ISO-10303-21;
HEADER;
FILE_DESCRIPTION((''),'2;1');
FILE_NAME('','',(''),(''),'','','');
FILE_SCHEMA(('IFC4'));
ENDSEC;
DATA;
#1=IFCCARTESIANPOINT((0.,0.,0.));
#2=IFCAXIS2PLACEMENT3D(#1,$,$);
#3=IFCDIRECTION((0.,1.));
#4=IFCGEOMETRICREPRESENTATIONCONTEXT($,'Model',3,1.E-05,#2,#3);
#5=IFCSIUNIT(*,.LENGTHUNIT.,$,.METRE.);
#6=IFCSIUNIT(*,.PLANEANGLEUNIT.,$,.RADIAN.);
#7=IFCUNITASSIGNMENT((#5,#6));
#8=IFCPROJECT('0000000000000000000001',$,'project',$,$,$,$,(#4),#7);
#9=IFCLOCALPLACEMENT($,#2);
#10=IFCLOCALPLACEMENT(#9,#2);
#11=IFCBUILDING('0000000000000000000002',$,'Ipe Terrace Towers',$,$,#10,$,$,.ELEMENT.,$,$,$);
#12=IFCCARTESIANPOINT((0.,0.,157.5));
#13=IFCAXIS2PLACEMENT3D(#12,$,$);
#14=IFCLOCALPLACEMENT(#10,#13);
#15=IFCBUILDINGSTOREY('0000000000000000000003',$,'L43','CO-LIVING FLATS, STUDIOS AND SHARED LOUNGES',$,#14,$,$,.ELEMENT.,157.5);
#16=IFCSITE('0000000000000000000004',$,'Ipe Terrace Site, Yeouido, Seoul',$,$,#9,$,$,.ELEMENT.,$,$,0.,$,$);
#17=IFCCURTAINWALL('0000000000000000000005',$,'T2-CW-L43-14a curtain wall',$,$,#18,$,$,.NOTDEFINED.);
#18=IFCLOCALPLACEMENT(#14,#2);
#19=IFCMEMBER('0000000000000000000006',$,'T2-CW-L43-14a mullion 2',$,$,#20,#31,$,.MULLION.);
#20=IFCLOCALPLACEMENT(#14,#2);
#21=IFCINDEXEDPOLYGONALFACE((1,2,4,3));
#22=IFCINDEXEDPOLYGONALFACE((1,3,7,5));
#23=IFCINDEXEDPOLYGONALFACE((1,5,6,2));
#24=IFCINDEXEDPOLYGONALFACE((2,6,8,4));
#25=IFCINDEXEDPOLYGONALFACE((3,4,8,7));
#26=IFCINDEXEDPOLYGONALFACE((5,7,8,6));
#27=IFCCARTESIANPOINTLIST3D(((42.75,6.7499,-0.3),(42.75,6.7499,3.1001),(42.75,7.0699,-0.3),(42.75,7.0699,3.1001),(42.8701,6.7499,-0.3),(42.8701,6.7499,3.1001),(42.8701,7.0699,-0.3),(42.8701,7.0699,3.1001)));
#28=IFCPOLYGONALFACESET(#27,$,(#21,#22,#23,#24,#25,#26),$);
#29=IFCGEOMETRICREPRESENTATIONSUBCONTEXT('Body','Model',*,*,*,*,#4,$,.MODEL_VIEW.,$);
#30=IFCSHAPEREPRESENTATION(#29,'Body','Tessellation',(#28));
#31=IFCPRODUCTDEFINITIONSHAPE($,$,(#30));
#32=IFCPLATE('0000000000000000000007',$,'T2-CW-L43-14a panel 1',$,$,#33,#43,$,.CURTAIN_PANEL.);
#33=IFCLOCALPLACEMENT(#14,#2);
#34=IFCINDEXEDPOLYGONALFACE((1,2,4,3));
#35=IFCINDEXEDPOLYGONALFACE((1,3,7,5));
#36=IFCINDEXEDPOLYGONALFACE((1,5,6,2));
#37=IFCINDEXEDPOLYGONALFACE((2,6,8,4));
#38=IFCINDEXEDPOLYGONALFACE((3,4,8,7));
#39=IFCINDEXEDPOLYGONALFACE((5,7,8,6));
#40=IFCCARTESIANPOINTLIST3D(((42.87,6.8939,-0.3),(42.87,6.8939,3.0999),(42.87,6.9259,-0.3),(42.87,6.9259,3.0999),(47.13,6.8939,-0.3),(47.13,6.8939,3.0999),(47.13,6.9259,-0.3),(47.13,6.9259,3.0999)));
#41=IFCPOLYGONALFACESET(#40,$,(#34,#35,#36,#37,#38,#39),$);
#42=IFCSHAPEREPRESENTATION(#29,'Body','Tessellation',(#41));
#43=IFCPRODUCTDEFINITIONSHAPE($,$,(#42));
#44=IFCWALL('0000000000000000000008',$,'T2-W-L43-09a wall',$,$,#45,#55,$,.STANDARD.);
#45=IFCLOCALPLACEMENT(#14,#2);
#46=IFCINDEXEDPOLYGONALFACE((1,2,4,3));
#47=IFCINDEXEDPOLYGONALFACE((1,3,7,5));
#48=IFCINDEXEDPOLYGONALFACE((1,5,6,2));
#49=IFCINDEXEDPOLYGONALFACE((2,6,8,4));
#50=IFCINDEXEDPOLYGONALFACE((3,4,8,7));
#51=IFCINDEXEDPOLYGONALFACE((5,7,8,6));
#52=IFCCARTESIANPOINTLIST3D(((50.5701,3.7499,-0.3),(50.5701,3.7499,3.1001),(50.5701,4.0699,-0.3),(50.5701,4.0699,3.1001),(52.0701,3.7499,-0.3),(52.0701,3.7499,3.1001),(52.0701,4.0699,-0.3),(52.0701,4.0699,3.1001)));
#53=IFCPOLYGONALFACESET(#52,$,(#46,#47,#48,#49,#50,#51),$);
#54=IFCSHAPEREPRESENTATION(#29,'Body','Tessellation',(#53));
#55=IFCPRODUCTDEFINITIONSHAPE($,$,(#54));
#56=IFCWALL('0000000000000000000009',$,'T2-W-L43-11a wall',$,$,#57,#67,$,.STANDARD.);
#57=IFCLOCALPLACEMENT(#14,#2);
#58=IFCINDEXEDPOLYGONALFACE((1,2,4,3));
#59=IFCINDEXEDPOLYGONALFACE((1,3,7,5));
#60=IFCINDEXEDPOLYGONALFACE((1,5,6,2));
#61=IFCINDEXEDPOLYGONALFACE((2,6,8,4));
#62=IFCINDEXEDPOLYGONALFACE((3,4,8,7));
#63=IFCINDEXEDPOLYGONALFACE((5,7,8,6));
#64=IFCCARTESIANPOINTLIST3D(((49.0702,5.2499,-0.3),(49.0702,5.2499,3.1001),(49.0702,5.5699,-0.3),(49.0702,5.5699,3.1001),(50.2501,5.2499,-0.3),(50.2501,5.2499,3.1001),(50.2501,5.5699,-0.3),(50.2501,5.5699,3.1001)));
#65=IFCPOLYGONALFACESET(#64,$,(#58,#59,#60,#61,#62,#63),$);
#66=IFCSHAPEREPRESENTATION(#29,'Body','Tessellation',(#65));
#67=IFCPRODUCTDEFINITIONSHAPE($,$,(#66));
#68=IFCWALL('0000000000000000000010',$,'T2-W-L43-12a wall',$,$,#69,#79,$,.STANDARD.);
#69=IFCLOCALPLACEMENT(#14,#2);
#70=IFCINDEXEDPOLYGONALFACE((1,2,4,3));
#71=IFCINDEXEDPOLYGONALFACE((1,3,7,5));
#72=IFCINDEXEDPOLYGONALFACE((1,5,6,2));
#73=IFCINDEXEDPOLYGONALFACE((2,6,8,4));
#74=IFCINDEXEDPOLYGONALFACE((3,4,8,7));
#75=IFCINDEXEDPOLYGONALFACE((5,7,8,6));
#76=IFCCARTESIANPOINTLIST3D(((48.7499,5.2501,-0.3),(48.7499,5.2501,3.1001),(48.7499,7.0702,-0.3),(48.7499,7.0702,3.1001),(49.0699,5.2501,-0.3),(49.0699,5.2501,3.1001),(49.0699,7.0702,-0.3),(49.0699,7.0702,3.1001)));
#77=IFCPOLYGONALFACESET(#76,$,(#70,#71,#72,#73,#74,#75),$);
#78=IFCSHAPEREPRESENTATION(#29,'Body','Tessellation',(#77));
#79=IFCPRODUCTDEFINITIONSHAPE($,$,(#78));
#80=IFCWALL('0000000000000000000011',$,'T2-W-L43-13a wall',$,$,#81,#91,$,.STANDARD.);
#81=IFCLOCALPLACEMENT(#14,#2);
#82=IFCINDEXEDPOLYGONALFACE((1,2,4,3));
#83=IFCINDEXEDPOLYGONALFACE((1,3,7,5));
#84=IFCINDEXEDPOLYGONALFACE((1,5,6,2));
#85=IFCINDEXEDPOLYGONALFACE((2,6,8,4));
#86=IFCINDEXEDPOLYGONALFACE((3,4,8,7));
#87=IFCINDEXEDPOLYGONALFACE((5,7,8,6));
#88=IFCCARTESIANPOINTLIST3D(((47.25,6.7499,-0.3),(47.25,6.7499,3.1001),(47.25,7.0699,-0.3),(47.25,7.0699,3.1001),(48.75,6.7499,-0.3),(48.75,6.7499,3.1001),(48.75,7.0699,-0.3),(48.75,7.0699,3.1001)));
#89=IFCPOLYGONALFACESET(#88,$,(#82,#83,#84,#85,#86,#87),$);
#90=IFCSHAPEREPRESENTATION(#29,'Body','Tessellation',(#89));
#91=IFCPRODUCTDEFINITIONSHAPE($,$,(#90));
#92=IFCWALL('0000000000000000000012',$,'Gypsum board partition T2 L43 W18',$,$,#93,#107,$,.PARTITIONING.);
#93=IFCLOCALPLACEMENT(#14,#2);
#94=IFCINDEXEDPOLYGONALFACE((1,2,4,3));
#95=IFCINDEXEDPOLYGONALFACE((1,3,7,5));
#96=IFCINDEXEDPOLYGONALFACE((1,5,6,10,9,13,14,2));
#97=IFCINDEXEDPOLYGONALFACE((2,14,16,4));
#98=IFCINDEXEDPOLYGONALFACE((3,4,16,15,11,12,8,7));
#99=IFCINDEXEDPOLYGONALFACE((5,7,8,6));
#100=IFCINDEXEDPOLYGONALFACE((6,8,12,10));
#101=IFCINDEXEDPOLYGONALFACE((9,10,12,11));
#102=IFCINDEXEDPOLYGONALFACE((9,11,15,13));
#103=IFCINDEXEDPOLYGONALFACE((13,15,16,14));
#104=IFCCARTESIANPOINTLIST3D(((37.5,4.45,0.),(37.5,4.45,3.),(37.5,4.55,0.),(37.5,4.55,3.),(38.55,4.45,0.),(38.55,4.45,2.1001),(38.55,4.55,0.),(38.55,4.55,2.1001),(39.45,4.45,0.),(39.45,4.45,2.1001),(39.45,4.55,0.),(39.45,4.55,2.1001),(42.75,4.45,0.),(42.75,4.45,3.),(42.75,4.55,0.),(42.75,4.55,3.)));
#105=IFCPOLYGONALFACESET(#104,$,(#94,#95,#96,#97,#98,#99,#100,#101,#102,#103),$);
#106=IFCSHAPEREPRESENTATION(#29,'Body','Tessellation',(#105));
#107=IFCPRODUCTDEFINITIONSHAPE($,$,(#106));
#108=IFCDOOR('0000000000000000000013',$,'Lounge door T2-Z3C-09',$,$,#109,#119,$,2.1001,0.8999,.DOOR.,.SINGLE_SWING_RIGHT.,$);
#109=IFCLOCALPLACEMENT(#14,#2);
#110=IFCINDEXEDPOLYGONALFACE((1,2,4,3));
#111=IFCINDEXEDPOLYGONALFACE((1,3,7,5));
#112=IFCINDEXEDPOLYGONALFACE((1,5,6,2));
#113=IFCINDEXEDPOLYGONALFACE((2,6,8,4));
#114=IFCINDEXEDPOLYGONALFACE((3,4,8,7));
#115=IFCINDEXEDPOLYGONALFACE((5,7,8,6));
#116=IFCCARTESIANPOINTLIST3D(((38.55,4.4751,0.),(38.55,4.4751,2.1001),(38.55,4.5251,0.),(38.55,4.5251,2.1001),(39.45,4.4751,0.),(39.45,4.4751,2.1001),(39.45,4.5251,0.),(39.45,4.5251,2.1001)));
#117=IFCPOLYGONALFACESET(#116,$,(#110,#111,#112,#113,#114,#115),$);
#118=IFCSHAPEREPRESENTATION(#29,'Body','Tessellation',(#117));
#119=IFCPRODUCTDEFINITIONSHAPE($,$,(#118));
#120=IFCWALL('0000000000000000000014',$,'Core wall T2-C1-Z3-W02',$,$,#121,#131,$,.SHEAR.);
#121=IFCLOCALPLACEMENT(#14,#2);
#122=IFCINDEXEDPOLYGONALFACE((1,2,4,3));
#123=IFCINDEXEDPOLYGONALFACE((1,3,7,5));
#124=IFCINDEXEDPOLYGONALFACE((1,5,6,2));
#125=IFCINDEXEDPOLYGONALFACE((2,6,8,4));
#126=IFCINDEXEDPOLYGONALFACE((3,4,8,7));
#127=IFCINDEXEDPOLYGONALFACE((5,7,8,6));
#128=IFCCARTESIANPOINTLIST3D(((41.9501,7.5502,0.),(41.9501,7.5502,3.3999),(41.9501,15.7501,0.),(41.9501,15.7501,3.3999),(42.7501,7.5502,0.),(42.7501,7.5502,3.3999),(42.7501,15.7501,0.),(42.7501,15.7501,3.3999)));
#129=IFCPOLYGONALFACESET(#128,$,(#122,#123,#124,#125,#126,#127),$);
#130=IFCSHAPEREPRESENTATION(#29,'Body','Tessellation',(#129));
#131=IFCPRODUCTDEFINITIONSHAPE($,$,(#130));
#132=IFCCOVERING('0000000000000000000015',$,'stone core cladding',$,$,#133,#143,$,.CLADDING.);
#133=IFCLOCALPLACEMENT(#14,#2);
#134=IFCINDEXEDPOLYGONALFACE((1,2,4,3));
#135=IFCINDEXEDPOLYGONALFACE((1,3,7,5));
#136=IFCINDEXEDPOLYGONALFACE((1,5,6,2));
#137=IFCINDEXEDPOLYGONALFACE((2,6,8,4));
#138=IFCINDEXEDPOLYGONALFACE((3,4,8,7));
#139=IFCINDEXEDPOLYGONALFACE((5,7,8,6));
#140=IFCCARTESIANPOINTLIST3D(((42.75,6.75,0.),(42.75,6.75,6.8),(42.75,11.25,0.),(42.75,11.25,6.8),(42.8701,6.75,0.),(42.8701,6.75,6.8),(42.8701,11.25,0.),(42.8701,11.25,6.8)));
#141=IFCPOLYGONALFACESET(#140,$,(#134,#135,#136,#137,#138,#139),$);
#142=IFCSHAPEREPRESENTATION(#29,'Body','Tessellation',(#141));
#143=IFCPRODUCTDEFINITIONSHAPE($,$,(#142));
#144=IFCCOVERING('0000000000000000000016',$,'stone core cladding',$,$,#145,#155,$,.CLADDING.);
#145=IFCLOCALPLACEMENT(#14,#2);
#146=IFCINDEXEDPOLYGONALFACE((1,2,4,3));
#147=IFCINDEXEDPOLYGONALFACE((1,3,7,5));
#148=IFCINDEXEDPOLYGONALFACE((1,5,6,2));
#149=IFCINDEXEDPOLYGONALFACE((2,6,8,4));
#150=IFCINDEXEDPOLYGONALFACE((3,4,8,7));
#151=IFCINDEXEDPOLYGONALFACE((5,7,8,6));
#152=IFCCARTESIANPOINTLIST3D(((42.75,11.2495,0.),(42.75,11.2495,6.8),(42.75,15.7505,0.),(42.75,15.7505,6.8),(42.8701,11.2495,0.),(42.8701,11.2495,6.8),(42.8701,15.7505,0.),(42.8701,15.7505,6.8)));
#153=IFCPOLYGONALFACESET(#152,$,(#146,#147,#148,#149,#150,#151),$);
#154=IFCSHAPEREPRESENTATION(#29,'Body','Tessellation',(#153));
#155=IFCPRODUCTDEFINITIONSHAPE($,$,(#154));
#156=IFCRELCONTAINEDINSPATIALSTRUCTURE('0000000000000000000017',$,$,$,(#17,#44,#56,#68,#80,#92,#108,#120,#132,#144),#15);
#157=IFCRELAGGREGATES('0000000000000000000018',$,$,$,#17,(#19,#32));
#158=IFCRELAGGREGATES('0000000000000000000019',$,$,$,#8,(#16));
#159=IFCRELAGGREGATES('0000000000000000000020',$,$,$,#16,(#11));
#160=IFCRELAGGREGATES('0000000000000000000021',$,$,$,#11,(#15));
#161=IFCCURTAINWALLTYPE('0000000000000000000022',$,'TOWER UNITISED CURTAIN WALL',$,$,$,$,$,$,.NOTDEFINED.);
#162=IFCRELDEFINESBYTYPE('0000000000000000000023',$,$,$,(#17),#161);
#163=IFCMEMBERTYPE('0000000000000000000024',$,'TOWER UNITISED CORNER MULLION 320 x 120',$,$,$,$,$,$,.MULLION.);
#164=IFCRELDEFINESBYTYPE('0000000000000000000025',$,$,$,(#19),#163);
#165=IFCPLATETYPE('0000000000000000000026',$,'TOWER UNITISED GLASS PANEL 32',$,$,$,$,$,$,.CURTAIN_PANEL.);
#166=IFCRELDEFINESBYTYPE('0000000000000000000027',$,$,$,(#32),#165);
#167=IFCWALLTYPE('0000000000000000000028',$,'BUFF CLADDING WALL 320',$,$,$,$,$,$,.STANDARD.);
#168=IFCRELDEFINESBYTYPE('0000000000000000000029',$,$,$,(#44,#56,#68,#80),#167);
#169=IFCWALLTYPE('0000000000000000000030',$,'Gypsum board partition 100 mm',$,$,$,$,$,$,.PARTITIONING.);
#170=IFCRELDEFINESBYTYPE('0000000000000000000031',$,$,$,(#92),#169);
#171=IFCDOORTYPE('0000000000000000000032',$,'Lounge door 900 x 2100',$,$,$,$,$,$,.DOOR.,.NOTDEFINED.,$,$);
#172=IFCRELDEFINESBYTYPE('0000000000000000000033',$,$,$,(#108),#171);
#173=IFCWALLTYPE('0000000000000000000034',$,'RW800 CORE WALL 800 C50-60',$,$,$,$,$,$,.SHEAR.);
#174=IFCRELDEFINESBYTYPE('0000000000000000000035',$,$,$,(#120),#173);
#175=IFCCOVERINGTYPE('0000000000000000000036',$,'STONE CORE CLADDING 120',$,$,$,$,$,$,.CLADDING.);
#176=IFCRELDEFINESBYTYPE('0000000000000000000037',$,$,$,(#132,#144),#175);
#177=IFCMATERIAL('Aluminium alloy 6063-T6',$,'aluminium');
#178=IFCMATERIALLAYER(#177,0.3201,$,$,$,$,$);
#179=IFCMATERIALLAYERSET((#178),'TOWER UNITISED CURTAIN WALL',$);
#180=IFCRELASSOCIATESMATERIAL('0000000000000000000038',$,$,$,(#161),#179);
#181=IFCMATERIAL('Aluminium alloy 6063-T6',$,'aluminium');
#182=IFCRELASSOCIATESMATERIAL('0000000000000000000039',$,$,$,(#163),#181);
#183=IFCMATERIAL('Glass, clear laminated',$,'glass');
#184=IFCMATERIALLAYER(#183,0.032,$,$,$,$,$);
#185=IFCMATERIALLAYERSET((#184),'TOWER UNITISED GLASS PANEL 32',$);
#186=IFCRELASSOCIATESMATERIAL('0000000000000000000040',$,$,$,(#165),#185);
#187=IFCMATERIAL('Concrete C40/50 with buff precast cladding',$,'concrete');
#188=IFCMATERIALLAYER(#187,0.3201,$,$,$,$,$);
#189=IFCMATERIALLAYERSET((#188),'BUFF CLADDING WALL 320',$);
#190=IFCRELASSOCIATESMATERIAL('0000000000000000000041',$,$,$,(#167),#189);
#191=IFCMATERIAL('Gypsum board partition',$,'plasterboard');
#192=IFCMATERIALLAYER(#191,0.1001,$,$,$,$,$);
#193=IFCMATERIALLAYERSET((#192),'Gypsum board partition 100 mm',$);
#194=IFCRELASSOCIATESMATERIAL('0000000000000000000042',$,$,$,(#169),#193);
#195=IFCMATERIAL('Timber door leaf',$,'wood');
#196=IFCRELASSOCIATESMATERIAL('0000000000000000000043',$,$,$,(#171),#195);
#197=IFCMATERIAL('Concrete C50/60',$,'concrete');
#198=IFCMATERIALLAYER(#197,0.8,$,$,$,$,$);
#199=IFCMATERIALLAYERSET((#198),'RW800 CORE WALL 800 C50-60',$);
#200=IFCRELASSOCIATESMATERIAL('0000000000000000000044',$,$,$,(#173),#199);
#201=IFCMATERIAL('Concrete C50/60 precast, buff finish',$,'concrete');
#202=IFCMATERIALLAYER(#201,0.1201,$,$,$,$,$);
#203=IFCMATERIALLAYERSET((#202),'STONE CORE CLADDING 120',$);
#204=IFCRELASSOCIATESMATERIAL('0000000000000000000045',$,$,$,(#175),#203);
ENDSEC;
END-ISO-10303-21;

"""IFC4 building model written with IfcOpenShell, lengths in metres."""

from ifc_helpers import new_model, si_unit, direction, frame, frame_2d, origin, origin_2d, place, context, subcontext, project, spatial, rectangle, extrude, material, layer, layer_set, material_profile, profile_set, type_object, element, fill, aggregate, save


model = new_model("IFC4")

# Units and contexts
model_context = context("Model", 3, precision=1e-05, world=origin(), true_north=direction((0.0, 1.0)))
body_context = subcontext(model_context, "Body", "Model", "MODEL_VIEW")
ifc_project = project(units=[si_unit("LENGTHUNIT", "METRE"), si_unit("PLANEANGLEUNIT", "RADIAN")], contexts=[model_context])

# Site, building, storey
site_placement = place(None, origin())
site = spatial("IfcSite", under=ifc_project, at=site_placement, Name="Ipe Terrace Site, Yeouido, Seoul", CompositionType="ELEMENT", RefElevation=0.0)
building_placement = place(site_placement, origin())
building = spatial("IfcBuilding", under=site, at=building_placement, Name="Ipe Terrace Towers", CompositionType="ELEMENT")
storey_placement = place(building_placement, frame((0.0, 0.0, 157.5)))
storey = spatial("IfcBuildingStorey", under=building, at=storey_placement, Name="L43", Description="CO-LIVING FLATS, STUDIOS AND SHARED LOUNGES", CompositionType="ELEMENT", Elevation=157.5)

# Curtain wall, member, plate
ifc_material_1 = material(Name="Aluminium alloy 6063-T6", Category="aluminium")
ifc_layer_1 = layer(ifc_material_1, 0.3201)
ifc_layer_set_1 = layer_set([ifc_layer_1], Name="TOWER UNITISED CURTAIN WALL")
curtain_wall_type = type_object("IfcCurtainWallType", Name="TOWER UNITISED CURTAIN WALL", PredefinedType="NOTDEFINED", material=ifc_layer_set_1)
curtain_wall_placement = place(storey_placement, origin())
curtain_wall = element("IfcCurtainWall", 1, at=curtain_wall_placement, inside=storey, type_object=curtain_wall_type, Name="T2-CW-L43-14a curtain wall", PredefinedType="NOTDEFINED")
ifc_material_2 = material(Name="Aluminium alloy 6063-T6", Category="aluminium")
ifc_material_profile_1 = material_profile(ifc_material_2, rectangle(XDim=0.3201, YDim=0.1201, at=origin_2d()), Name="TOWER UNITISED CORNER MULLION 320 x 120")
ifc_profile_set_1 = profile_set([ifc_material_profile_1], Name="Aluminium alloy 6063-T6")
member_type = type_object("IfcMemberType", Name="TOWER UNITISED CORNER MULLION 320 x 120", PredefinedType="MULLION", material=ifc_profile_set_1)
member_1_placement = place(storey_placement, frame((42.8101, 6.9099, -0.3), z_axis=(0.0, 0.0, 1.0), x_axis=(0.0, 1.0, 0.0)))
member_1 = element("IfcMember", 2, at=member_1_placement, type_object=member_type, Name="T2-CW-L43-14a mullion 2", PredefinedType="MULLION", context=body_context, shape_type="SweptSolid", body=[
    extrude(rectangle(XDim=0.3201, YDim=0.1201, at=origin_2d()), origin(), (0.0, 0.0, 1.0), 3.4001),
])
ifc_material_3 = material(Name="Glass, clear laminated", Category="glass")
ifc_layer_2 = layer(ifc_material_3, 0.032)
ifc_layer_set_2 = layer_set([ifc_layer_2], Name="TOWER UNITISED GLASS PANEL 32")
plate_type = type_object("IfcPlateType", Name="TOWER UNITISED GLASS PANEL 32", PredefinedType="CURTAIN_PANEL", material=ifc_layer_set_2)
plate_placement = place(storey_placement, frame((45.0, 6.9099, -0.3), z_axis=(0.0, 0.0, 1.0), x_axis=(-1.0, 0.0, 0.0)))
plate = element("IfcPlate", 3, at=plate_placement, type_object=plate_type, Name="T2-CW-L43-14a panel 1", PredefinedType="CURTAIN_PANEL", context=body_context, shape_type="SweptSolid", body=[
    extrude(rectangle(XDim=4.26, YDim=0.032, at=origin_2d()), origin(), (0.0, 0.0, 1.0), 3.3999),
])
aggregate(curtain_wall, [member_1, plate])

# Walls
ifc_material_4 = material(Name="Concrete C40/50 with buff precast cladding", Category="concrete")
ifc_layer_3 = layer(ifc_material_4, 0.3201)
ifc_layer_set_3 = layer_set([ifc_layer_3], Name="BUFF CLADDING WALL 320")
wall_type_1 = type_object("IfcWallType", Name="BUFF CLADDING WALL 320", PredefinedType="STANDARD", material=ifc_layer_set_3)
wall_1_placement = place(storey_placement, frame((52.0701, 3.9099, -0.3), z_axis=(0.0, 0.0, 1.0), x_axis=(-1.0, 0.0, 0.0)))
element("IfcWall", 4, at=wall_1_placement, inside=storey, type_object=wall_type_1, Name="T2-W-L43-09a wall", PredefinedType="STANDARD", context=body_context, shape_type="SweptSolid", body=[
    extrude(rectangle(XDim=1.5, YDim=0.3201, at=frame_2d((0.75, 0.0))), origin(), (0.0, 0.0, 1.0), 3.4001),
])
wall_2_placement = place(storey_placement, frame((50.25, 5.4099, -0.3), z_axis=(0.0, 0.0, 1.0), x_axis=(-1.0, 0.0, 0.0)))
element("IfcWall", 5, at=wall_2_placement, inside=storey, type_object=wall_type_1, Name="T2-W-L43-11a wall", PredefinedType="STANDARD", context=body_context, shape_type="SweptSolid", body=[
    extrude(rectangle(XDim=1.1799, YDim=0.3201, at=frame_2d((0.5898, 0.0))), origin(), (0.0, 0.0, 1.0), 3.4001),
])
wall_3_placement = place(storey_placement, frame((48.9099, 5.25, -0.3), z_axis=(0.0, 0.0, 1.0), x_axis=(0.0, 1.0, 0.0)))
element("IfcWall", 6, at=wall_3_placement, inside=storey, type_object=wall_type_1, Name="T2-W-L43-12a wall", PredefinedType="STANDARD", context=body_context, shape_type="SweptSolid", body=[
    extrude(rectangle(XDim=1.8201, YDim=0.3201, at=frame_2d((0.9102, 0.0))), origin(), (0.0, 0.0, 1.0), 3.4001),
])
wall_4_placement = place(storey_placement, frame((48.75, 6.9099, -0.3), z_axis=(0.0, 0.0, 1.0), x_axis=(-1.0, 0.0, 0.0)))
element("IfcWall", 7, at=wall_4_placement, inside=storey, type_object=wall_type_1, Name="T2-W-L43-13a wall", PredefinedType="STANDARD", context=body_context, shape_type="SweptSolid", body=[
    extrude(rectangle(XDim=1.5, YDim=0.3201, at=frame_2d((0.75, 0.0))), origin(), (0.0, 0.0, 1.0), 3.4001),
])

# Wall, opening, door
ifc_material_5 = material(Name="Gypsum board partition", Category="plasterboard")
ifc_layer_4 = layer(ifc_material_5, 0.1001)
ifc_layer_set_4 = layer_set([ifc_layer_4], Name="Gypsum board partition 100 mm")
wall_type_2 = type_object("IfcWallType", Name="Gypsum board partition 100 mm", PredefinedType="PARTITIONING", material=ifc_layer_set_4)
wall_5_placement = place(storey_placement, frame((42.75, 4.5, 0.0), z_axis=(0.0, 0.0, 1.0), x_axis=(-1.0, 0.0, 0.0)))
wall_5 = element("IfcWall", 8, at=wall_5_placement, inside=storey, type_object=wall_type_2, Name="Gypsum board partition T2 L43 W18", PredefinedType="PARTITIONING", context=body_context, shape_type="SweptSolid", body=[
    extrude(rectangle(XDim=5.25, YDim=0.1001, at=frame_2d((2.625, 0.0))), origin(), (0.0, 0.0, 1.0), 3.0),
])
opening_placement = place(wall_5_placement, frame((3.3, 0.0, 0.0)))
opening = element("IfcOpeningElement", 9, at=opening_placement, cuts=wall_5, PredefinedType="OPENING", context=body_context, shape_type="SweptSolid", body=[
    extrude(rectangle(XDim=0.8999, YDim=2.1001, at=frame_2d((0.45, 1.05))), frame((0.0, 0.0601, 0.0), z_axis=(0.0, -1.0, 0.0), x_axis=(1.0, 0.0, 0.0)), (0.0, 0.0, 1.0), 0.1201),
])
ifc_material_6 = material(Name="Timber door leaf", Category="wood")
door_type = type_object("IfcDoorType", Name="Lounge door 900 x 2100", OperationType="NOTDEFINED", PredefinedType="DOOR", material=ifc_material_6)
door_placement = place(opening_placement, origin())
door = element("IfcDoor", 10, at=door_placement, inside=storey, type_object=door_type, Name="Lounge door T2-Z3C-09", OperationType="SINGLE_SWING_RIGHT", OverallHeight=2.1001, OverallWidth=0.8999, PredefinedType="DOOR", context=body_context, shape_type="SweptSolid", body=[
    extrude(rectangle(XDim=0.8999, YDim=2.1001, at=frame_2d((0.45, 1.05))), frame((0.0, 0.0249, 0.0), z_axis=(0.0, -1.0, 0.0), x_axis=(1.0, 0.0, 0.0)), (0.0, 0.0, 1.0), 0.05),
])
fill(opening, door)

# Wall
ifc_material_7 = material(Name="Concrete C50/60", Category="concrete")
ifc_layer_5 = layer(ifc_material_7, 0.8)
ifc_layer_set_5 = layer_set([ifc_layer_5], Name="RW800 CORE WALL 800 C50-60")
wall_type_3 = type_object("IfcWallType", Name="RW800 CORE WALL 800 C50-60", PredefinedType="SHEAR", material=ifc_layer_set_5)
wall_6_placement = place(storey_placement, frame((42.3501, 7.55, 0.0), z_axis=(0.0, 0.0, 1.0), x_axis=(0.0, 1.0, 0.0)))
element("IfcWall", 11, at=wall_6_placement, inside=storey, type_object=wall_type_3, Name="Core wall T2-C1-Z3-W02", PredefinedType="SHEAR", context=body_context, shape_type="SweptSolid", body=[
    extrude(rectangle(XDim=8.2, YDim=0.8, at=frame_2d((4.1001, 0.0))), origin(), (0.0, 0.0, 1.0), 3.3999),
])

# Coverings
ifc_material_8 = material(Name="Concrete C50/60 precast, buff finish", Category="concrete")
ifc_layer_6 = layer(ifc_material_8, 0.1201)
ifc_layer_set_6 = layer_set([ifc_layer_6], Name="STONE CORE CLADDING 120")
covering_type = type_object("IfcCoveringType", Name="STONE CORE CLADDING 120", PredefinedType="CLADDING", material=ifc_layer_set_6)
covering_1_placement = place(storey_placement, frame((42.8101, 9.0, 0.0), z_axis=(0.0, 0.0, 1.0), x_axis=(0.0, 1.0, 0.0)))
element("IfcCovering", 12, at=covering_1_placement, inside=storey, type_object=covering_type, Name="stone core cladding", PredefinedType="CLADDING", context=body_context, shape_type="SweptSolid", body=[
    extrude(rectangle(XDim=4.5, YDim=0.1201, at=origin_2d()), origin(), (0.0, 0.0, 1.0), 6.8),
])
covering_2_placement = place(storey_placement, frame((42.8101, 13.5, 0.0), z_axis=(0.0, 0.0, 1.0), x_axis=(0.0, 1.0, 0.0)))
element("IfcCovering", 13, at=covering_2_placement, inside=storey, type_object=covering_type, Name="stone core cladding", PredefinedType="CLADDING", context=body_context, shape_type="SweptSolid", body=[
    extrude(rectangle(XDim=4.501, YDim=0.1201, at=origin_2d()), origin(), (0.0, 0.0, 1.0), 6.8),
])

save(model, "model.ifc")
